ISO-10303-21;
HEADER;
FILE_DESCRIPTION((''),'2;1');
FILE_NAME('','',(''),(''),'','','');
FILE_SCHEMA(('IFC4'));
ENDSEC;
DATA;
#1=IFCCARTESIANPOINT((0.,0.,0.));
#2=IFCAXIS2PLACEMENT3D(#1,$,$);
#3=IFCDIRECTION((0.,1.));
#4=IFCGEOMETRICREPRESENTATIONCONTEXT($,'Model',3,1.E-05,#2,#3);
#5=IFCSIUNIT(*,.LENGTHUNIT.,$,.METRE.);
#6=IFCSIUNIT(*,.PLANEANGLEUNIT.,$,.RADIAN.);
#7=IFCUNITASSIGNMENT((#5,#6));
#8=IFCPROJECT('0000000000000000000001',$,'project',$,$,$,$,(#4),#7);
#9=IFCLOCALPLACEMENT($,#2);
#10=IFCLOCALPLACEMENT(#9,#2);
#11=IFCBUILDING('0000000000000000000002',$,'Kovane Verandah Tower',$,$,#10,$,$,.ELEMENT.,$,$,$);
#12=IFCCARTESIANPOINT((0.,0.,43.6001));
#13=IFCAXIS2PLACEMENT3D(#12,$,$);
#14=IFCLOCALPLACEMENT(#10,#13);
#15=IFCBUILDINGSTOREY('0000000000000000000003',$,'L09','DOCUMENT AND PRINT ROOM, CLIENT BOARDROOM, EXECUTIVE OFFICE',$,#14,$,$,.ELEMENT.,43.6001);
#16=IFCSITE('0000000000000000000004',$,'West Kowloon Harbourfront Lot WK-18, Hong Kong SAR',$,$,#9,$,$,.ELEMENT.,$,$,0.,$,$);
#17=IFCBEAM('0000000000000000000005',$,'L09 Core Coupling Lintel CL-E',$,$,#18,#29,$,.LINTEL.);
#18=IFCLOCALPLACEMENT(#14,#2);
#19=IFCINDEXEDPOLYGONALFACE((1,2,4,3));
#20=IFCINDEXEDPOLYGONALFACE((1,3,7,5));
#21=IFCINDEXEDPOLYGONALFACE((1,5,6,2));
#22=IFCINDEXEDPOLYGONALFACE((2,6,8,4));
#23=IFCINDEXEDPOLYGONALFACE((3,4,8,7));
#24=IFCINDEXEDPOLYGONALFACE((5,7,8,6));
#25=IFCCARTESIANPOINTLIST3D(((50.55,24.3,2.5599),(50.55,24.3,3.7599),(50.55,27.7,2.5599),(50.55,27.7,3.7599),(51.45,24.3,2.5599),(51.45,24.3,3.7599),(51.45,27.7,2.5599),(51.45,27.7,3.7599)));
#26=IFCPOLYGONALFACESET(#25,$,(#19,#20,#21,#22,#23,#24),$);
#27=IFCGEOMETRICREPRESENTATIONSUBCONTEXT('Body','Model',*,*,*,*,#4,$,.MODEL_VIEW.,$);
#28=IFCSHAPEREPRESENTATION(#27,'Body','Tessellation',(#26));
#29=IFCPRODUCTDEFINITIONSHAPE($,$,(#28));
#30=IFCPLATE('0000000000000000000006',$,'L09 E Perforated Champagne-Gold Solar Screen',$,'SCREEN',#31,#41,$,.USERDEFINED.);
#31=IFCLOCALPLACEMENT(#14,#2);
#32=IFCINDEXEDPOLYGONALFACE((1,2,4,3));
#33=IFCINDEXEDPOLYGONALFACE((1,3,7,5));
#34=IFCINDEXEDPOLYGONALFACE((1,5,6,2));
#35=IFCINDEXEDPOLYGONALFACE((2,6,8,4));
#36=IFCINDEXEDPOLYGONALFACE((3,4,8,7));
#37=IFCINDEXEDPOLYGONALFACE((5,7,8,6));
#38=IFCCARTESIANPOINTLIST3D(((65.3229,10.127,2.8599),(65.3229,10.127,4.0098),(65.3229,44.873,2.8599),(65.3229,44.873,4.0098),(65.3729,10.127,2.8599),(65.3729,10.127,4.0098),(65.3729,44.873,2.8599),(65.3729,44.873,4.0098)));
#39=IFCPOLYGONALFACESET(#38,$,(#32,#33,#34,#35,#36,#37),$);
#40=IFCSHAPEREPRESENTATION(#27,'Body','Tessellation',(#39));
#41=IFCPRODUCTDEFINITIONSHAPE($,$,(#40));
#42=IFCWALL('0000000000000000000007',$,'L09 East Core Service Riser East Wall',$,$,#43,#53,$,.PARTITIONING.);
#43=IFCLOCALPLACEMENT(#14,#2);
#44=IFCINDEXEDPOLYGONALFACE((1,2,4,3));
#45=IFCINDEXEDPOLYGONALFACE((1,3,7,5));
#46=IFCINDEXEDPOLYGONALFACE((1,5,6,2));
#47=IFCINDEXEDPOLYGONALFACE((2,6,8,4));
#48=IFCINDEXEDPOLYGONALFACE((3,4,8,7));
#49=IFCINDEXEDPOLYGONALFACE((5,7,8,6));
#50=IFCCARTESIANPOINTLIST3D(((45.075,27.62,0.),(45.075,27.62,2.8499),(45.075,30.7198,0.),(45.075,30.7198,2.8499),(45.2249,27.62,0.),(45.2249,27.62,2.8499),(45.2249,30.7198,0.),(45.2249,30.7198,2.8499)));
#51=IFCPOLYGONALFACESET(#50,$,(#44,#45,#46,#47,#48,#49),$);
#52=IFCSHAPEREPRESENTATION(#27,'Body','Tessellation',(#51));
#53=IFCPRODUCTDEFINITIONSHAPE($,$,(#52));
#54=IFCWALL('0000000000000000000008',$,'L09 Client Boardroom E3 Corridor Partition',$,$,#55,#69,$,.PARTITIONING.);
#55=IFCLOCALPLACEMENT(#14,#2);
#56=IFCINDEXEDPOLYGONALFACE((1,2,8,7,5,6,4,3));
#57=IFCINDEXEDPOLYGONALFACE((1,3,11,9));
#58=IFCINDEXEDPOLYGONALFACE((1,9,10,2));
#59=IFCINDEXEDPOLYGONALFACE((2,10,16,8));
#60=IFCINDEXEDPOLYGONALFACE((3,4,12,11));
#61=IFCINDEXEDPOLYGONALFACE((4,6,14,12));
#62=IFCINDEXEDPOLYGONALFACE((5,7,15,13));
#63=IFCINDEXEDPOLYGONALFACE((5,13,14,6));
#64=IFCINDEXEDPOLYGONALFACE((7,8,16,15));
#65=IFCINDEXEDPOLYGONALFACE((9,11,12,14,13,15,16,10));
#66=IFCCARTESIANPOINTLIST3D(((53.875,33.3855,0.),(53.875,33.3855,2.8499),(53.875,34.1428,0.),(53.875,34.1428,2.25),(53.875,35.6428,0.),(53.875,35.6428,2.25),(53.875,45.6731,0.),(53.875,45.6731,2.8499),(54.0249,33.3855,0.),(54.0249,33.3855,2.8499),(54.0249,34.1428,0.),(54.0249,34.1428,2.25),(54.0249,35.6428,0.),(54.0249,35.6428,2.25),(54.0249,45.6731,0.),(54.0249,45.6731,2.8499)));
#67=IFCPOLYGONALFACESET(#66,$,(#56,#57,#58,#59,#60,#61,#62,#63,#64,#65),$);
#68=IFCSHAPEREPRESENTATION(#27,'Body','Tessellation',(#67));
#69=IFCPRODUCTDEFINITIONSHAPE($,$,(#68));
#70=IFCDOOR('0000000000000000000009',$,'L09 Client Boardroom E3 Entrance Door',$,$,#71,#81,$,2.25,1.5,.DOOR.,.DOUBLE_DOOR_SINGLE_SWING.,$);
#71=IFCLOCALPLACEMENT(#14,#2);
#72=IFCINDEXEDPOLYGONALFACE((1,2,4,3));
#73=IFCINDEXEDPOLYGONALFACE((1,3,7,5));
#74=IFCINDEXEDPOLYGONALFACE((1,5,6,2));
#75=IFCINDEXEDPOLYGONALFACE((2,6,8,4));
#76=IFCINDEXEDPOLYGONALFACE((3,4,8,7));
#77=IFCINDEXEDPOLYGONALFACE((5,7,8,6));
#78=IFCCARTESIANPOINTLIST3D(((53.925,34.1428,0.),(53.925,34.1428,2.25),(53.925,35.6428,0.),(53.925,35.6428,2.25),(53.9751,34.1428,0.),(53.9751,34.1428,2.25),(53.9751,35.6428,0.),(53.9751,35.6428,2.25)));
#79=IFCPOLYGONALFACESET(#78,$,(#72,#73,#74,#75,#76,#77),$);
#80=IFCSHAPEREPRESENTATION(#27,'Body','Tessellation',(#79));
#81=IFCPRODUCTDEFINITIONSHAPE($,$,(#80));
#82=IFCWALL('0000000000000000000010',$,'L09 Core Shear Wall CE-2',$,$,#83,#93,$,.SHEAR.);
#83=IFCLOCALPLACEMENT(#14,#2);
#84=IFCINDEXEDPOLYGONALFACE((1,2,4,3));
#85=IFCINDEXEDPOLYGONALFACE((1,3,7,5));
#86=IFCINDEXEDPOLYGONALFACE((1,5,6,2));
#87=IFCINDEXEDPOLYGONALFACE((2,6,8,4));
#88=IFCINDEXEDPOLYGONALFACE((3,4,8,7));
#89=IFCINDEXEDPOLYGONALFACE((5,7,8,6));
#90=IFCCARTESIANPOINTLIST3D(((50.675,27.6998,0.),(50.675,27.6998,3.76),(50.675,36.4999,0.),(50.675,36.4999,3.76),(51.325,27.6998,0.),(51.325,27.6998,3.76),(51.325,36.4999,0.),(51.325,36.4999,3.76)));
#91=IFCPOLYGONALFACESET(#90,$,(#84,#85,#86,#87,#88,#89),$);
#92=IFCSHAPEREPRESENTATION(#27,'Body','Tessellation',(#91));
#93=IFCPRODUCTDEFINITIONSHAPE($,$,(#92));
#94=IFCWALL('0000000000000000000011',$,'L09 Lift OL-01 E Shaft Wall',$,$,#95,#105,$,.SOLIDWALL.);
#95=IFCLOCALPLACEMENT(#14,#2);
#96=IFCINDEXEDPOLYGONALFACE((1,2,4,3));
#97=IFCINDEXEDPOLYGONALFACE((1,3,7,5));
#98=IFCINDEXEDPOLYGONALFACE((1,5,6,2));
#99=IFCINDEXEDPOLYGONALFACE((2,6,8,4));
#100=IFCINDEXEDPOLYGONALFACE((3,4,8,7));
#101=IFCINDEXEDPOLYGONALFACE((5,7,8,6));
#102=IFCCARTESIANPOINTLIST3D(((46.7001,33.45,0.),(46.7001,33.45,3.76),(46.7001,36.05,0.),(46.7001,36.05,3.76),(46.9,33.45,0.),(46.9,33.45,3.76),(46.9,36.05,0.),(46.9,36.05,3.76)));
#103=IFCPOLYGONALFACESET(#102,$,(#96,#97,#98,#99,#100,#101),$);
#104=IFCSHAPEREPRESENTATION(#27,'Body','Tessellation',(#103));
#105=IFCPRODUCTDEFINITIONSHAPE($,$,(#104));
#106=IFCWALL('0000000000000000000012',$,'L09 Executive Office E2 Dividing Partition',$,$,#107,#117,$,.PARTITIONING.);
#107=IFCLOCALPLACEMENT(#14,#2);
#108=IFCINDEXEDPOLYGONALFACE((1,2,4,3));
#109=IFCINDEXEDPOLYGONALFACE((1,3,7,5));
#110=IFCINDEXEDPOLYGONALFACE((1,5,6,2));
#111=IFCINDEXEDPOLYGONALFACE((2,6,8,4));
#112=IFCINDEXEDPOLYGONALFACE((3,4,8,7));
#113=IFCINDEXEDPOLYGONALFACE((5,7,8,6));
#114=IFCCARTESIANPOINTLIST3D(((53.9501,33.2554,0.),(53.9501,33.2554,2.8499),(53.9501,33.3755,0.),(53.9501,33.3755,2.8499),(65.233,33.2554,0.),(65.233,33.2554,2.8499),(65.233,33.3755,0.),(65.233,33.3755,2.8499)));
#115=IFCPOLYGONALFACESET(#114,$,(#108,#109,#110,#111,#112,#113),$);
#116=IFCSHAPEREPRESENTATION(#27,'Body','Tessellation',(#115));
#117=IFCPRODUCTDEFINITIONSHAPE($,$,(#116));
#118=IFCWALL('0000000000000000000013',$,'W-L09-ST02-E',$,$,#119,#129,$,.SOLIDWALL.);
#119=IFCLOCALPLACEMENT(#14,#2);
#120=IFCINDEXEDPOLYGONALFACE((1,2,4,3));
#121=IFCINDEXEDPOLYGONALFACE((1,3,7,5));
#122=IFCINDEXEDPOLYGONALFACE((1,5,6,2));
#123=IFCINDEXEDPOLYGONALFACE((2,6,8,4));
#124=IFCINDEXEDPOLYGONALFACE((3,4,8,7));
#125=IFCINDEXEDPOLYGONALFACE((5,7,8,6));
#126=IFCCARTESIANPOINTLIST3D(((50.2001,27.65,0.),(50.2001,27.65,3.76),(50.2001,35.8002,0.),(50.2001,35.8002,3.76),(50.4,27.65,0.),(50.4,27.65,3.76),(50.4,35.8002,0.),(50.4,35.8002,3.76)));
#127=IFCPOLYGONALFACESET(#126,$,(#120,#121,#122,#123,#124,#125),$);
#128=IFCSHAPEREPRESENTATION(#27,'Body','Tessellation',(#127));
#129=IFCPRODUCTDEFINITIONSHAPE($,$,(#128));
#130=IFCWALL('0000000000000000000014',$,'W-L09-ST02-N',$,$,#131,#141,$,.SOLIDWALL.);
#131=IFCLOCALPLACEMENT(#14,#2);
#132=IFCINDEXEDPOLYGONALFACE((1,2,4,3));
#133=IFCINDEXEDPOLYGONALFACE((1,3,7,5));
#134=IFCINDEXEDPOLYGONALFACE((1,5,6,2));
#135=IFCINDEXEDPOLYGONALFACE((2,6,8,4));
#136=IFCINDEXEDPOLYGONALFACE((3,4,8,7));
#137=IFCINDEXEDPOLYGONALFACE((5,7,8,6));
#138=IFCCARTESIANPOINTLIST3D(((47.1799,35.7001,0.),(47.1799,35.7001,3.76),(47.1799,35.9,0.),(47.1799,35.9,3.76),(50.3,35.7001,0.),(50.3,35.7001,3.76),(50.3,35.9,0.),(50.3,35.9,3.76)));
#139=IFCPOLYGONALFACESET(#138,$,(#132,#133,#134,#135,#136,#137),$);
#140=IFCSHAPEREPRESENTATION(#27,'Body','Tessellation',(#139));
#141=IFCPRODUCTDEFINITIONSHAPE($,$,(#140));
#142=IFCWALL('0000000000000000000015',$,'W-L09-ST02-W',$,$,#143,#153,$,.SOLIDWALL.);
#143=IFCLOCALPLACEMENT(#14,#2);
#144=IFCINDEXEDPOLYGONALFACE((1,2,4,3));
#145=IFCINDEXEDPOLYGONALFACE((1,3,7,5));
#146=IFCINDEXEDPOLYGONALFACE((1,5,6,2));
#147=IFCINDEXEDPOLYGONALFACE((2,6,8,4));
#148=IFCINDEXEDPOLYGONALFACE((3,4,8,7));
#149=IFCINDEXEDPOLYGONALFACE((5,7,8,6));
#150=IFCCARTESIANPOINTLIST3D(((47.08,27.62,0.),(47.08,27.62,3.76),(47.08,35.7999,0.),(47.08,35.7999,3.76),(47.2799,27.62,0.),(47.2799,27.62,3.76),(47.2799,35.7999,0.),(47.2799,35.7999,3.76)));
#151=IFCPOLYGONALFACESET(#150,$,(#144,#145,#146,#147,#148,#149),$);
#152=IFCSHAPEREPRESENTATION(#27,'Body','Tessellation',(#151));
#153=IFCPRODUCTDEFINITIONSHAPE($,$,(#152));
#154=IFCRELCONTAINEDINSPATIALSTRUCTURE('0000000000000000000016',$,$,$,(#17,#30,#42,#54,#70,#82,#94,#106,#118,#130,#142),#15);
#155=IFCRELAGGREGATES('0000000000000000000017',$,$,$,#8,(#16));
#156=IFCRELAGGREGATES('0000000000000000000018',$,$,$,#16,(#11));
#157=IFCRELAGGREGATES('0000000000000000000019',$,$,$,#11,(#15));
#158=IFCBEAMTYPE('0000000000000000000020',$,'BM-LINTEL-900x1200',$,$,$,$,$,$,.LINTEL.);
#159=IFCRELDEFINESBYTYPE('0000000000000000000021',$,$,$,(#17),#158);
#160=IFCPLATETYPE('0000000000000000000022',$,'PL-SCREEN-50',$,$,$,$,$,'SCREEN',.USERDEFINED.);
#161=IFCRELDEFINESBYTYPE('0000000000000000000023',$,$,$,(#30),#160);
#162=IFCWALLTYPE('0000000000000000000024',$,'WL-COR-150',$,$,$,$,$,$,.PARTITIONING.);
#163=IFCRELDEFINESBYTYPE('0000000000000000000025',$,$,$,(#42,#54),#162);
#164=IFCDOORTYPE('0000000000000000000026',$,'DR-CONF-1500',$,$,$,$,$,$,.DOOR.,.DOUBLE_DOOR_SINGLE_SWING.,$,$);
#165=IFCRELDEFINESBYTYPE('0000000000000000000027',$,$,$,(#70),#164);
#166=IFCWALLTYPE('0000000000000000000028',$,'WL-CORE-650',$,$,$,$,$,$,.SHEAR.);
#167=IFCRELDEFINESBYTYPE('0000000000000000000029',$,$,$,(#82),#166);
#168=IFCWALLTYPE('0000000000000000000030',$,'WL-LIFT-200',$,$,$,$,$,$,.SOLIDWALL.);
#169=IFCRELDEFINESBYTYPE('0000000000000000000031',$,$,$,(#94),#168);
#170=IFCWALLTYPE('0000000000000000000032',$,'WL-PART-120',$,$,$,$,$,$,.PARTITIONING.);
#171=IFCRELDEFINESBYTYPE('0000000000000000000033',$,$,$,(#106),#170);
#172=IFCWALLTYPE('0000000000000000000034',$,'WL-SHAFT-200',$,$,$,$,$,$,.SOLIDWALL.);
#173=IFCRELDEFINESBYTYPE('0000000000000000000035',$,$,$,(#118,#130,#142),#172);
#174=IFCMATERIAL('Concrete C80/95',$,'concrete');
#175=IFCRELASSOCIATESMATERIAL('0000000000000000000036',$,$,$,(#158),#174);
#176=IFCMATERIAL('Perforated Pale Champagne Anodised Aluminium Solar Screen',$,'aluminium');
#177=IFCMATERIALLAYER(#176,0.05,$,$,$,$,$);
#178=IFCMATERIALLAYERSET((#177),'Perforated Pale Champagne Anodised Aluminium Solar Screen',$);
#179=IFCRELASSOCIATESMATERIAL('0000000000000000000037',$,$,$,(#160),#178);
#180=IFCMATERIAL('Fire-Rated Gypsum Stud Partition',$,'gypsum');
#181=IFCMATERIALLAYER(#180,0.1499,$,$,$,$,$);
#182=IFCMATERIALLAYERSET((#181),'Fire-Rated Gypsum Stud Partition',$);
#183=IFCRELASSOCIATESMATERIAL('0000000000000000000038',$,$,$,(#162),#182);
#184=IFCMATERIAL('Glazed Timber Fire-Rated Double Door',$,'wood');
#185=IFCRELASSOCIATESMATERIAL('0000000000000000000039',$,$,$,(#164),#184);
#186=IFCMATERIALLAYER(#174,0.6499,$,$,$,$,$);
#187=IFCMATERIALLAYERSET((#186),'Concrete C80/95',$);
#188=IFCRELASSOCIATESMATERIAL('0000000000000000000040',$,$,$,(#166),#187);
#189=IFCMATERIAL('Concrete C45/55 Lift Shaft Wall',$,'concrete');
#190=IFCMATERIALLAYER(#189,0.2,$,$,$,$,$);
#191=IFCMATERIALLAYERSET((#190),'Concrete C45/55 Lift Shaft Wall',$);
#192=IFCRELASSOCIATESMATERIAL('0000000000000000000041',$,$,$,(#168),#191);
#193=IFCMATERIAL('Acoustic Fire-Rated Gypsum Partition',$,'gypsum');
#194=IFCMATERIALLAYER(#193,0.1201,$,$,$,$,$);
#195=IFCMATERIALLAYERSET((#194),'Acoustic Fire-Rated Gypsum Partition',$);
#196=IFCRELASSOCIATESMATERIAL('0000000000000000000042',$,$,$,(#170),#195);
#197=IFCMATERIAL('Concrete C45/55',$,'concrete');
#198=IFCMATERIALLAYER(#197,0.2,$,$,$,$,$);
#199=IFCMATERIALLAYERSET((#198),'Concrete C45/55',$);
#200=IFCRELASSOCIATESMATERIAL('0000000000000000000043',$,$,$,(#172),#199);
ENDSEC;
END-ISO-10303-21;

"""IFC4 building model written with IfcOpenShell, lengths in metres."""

from ifc_helpers import new_model, si_unit, direction, frame, frame_2d, origin, origin_2d, place, context, subcontext, project, spatial, rectangle, extrude, material, layer, layer_set, material_profile, profile_set, type_object, element, fill, save


model = new_model("IFC4")

# Units and contexts
model_context = context("Model", 3, precision=1e-05, world=origin(), true_north=direction((0.0, 1.0)))
body_context = subcontext(model_context, "Body", "Model", "MODEL_VIEW")
ifc_project = project(units=[si_unit("LENGTHUNIT", "METRE"), si_unit("PLANEANGLEUNIT", "RADIAN")], contexts=[model_context])

# Site, building, storey
site_placement = place(None, origin())
site = spatial("IfcSite", under=ifc_project, at=site_placement, Name="West Kowloon Harbourfront Lot WK-18, Hong Kong SAR", CompositionType="ELEMENT", RefElevation=0.0)
building_placement = place(site_placement, origin())
building = spatial("IfcBuilding", under=site, at=building_placement, Name="Kovane Verandah Tower", CompositionType="ELEMENT")
storey_placement = place(building_placement, frame((0.0, 0.0, 43.6001)))
storey = spatial("IfcBuildingStorey", under=building, at=storey_placement, Name="L09", Description="DOCUMENT AND PRINT ROOM, CLIENT BOARDROOM, EXECUTIVE OFFICE", CompositionType="ELEMENT", Elevation=43.6001)

# Beam
ifc_material_1 = material(Name="Concrete C80/95", Category="concrete")
ifc_material_profile = material_profile(ifc_material_1, rectangle(XDim=0.8999, YDim=1.2, at=origin_2d()), Name="RCB900x1200")
ifc_profile_set = profile_set([ifc_material_profile], Name="Concrete C80/95")
beam_type = type_object("IfcBeamType", Name="BM-LINTEL-900x1200", PredefinedType="LINTEL", material=ifc_profile_set)
beam_placement = place(storey_placement, frame((51.0, 24.3, 3.1599), z_axis=(0.0, 1.0, 0.0), x_axis=(-1.0, 0.0, 0.0)))
element("IfcBeam", 1, at=beam_placement, inside=storey, type_object=beam_type, Name="L09 Core Coupling Lintel CL-E", PredefinedType="LINTEL", context=body_context, shape_type="SweptSolid", body=[
    extrude(rectangle(XDim=0.8999, YDim=1.2, at=origin_2d()), origin(), (0.0, 0.0, 1.0), 3.3999),
])

# Plate
ifc_material_2 = material(Name="Perforated Pale Champagne Anodised Aluminium Solar Screen", Category="aluminium")
ifc_layer_1 = layer(ifc_material_2, 0.05)
ifc_layer_set_1 = layer_set([ifc_layer_1], Name="Perforated Pale Champagne Anodised Aluminium Solar Screen")
plate_type = type_object("IfcPlateType", Name="PL-SCREEN-50", ElementType="SCREEN", PredefinedType="USERDEFINED", material=ifc_layer_set_1)
plate_placement = place(storey_placement, frame((65.3479, 27.5, 2.8599), z_axis=(0.0, 0.0, 1.0), x_axis=(0.0, 1.0, 0.0)))
element("IfcPlate", 2, at=plate_placement, inside=storey, type_object=plate_type, Name="L09 E Perforated Champagne-Gold Solar Screen", ObjectType="SCREEN", PredefinedType="USERDEFINED", context=body_context, shape_type="SweptSolid", body=[
    extrude(rectangle(XDim=34.7461, YDim=0.05, at=origin_2d()), origin(), (0.0, 0.0, 1.0), 1.1499),
])

# Wall
ifc_material_3 = material(Name="Fire-Rated Gypsum Stud Partition", Category="gypsum")
ifc_layer_2 = layer(ifc_material_3, 0.1499)
ifc_layer_set_2 = layer_set([ifc_layer_2], Name="Fire-Rated Gypsum Stud Partition")
wall_type_1 = type_object("IfcWallType", Name="WL-COR-150", PredefinedType="PARTITIONING", material=ifc_layer_set_2)
wall_1_placement = place(storey_placement, frame((45.1499, 27.6201, 0.0), z_axis=(0.0, 0.0, 1.0), x_axis=(0.0, 1.0, 0.0)))
element("IfcWall", 3, at=wall_1_placement, inside=storey, type_object=wall_type_1, Name="L09 East Core Service Riser East Wall", PredefinedType="PARTITIONING", context=body_context, shape_type="SweptSolid", body=[
    extrude(rectangle(XDim=3.0999, YDim=0.1499, at=frame_2d((1.5498, 0.0))), origin(), (0.0, 0.0, 1.0), 2.8499),
])

# Wall, opening, door
wall_2_placement = place(storey_placement, frame((53.95, 33.3855, 0.0), z_axis=(0.0, 0.0, 1.0), x_axis=(0.0, 1.0, 0.0)))
wall_2 = element("IfcWall", 4, at=wall_2_placement, inside=storey, type_object=wall_type_1, Name="L09 Client Boardroom E3 Corridor Partition", PredefinedType="PARTITIONING", context=body_context, shape_type="SweptSolid", body=[
    extrude(rectangle(XDim=12.2876, YDim=0.1499, at=frame_2d((6.1438, 0.0))), origin(), (0.0, 0.0, 1.0), 2.8499),
])
opening_1_placement = place(wall_2_placement, frame((0.7573, 0.0, 0.0)))
opening_1 = element("IfcOpeningElement", 5, at=opening_1_placement, cuts=wall_2, PredefinedType="OPENING", context=body_context, shape_type="SweptSolid", body=[
    extrude(rectangle(XDim=1.5, YDim=2.25, at=frame_2d((0.75, 1.125))), frame((0.0, 0.075, 0.0), z_axis=(0.0, -1.0, 0.0), x_axis=(1.0, 0.0, 0.0)), (0.0, 0.0, 1.0), 0.1499),
])
ifc_material_4 = material(Name="Glazed Timber Fire-Rated Double Door", Category="wood")
door_type_1 = type_object("IfcDoorType", Name="DR-CONF-1500", OperationType="DOUBLE_DOOR_SINGLE_SWING", PredefinedType="DOOR", material=ifc_material_4)
door_1_placement = place(opening_1_placement, origin())
door_1 = element("IfcDoor", 6, at=door_1_placement, inside=storey, type_object=door_type_1, Name="L09 Client Boardroom E3 Entrance Door", OperationType="DOUBLE_DOOR_SINGLE_SWING", OverallHeight=2.25, OverallWidth=1.5, PredefinedType="DOOR", context=body_context, shape_type="SweptSolid", body=[
    extrude(rectangle(XDim=1.5, YDim=2.25, at=frame_2d((0.75, 1.125))), frame((0.0, 0.0249, 0.0), z_axis=(0.0, -1.0, 0.0), x_axis=(1.0, 0.0, 0.0)), (0.0, 0.0, 1.0), 0.05),
])
fill(opening_1, door_1)

# Wall
ifc_layer_3 = layer(ifc_material_1, 0.6499)
ifc_layer_set_3 = layer_set([ifc_layer_3], Name="Concrete C80/95")
wall_type_2 = type_object("IfcWallType", Name="WL-CORE-650", PredefinedType="SHEAR", material=ifc_layer_set_3)
wall_3_placement = place(storey_placement, frame((51.0, 27.7, 0.0), z_axis=(0.0, 0.0, 1.0), x_axis=(0.0, 1.0, 0.0)))
element("IfcWall", 7, at=wall_3_placement, inside=storey, type_object=wall_type_2, Name="L09 Core Shear Wall CE-2", PredefinedType="SHEAR", context=body_context, shape_type="SweptSolid", body=[
    extrude(rectangle(XDim=8.8, YDim=0.6499, at=frame_2d((4.3999, 0.0))), origin(), (0.0, 0.0, 1.0), 3.76),
])

# Walls
ifc_material_5 = material(Name="Concrete C45/55 Lift Shaft Wall", Category="concrete")
ifc_layer_4 = layer(ifc_material_5, 0.2)
ifc_layer_set_4 = layer_set([ifc_layer_4], Name="Concrete C45/55 Lift Shaft Wall")
wall_type_3 = type_object("IfcWallType", Name="WL-LIFT-200", PredefinedType="SOLIDWALL", material=ifc_layer_set_4)
wall_4_placement = place(storey_placement, frame((46.8, 33.45, 0.0), z_axis=(0.0, 0.0, 1.0), x_axis=(0.0, 1.0, 0.0)))
element("IfcWall", 8, at=wall_4_placement, inside=storey, type_object=wall_type_3, Name="L09 Lift OL-01 E Shaft Wall", PredefinedType="SOLIDWALL", context=body_context, shape_type="SweptSolid", body=[
    extrude(rectangle(XDim=2.6001, YDim=0.2, at=frame_2d((1.3, 0.0))), origin(), (0.0, 0.0, 1.0), 3.76),
])
ifc_material_6 = material(Name="Acoustic Fire-Rated Gypsum Partition", Category="gypsum")
ifc_layer_5 = layer(ifc_material_6, 0.1201)
ifc_layer_set_5 = layer_set([ifc_layer_5], Name="Acoustic Fire-Rated Gypsum Partition")
wall_type_4 = type_object("IfcWallType", Name="WL-PART-120", PredefinedType="PARTITIONING", material=ifc_layer_set_5)
wall_5_placement = place(storey_placement, frame((53.95, 33.3154, 0.0), z_axis=(0.0, 0.0, 1.0), x_axis=(1.0, 0.0, 0.0)))
element("IfcWall", 9, at=wall_5_placement, inside=storey, type_object=wall_type_4, Name="L09 Executive Office E2 Dividing Partition", PredefinedType="PARTITIONING", context=body_context, shape_type="SweptSolid", body=[
    extrude(rectangle(XDim=11.283, YDim=0.1201, at=frame_2d((5.6416, 0.0))), origin(), (0.0, 0.0, 1.0), 2.8499),
])
ifc_material_7 = material(Name="Concrete C45/55", Category="concrete")
ifc_layer_6 = layer(ifc_material_7, 0.2)
ifc_layer_set_6 = layer_set([ifc_layer_6], Name="Concrete C45/55")
wall_type_5 = type_object("IfcWallType", Name="WL-SHAFT-200", PredefinedType="SOLIDWALL", material=ifc_layer_set_6)
wall_6_placement = place(storey_placement, frame((50.3, 27.6499, 0.0), z_axis=(0.0, 0.0, 1.0), x_axis=(0.0, 1.0, 0.0)))
element("IfcWall", 10, at=wall_6_placement, inside=storey, type_object=wall_type_5, Name="W-L09-ST02-E", PredefinedType="SOLIDWALL", context=body_context, shape_type="SweptSolid", body=[
    extrude(rectangle(XDim=8.1501, YDim=0.2, at=frame_2d((4.0752, 0.0))), origin(), (0.0, 0.0, 1.0), 3.76),
])
wall_7_placement = place(storey_placement, frame((47.1799, 35.8, 0.0), z_axis=(0.0, 0.0, 1.0), x_axis=(1.0, 0.0, 0.0)))
element("IfcWall", 11, at=wall_7_placement, inside=storey, type_object=wall_type_5, Name="W-L09-ST02-N", PredefinedType="SOLIDWALL", context=body_context, shape_type="SweptSolid", body=[
    extrude(rectangle(XDim=3.1201, YDim=0.2, at=frame_2d((1.5601, 0.0))), origin(), (0.0, 0.0, 1.0), 3.76),
])
wall_8_placement = place(storey_placement, frame((47.1799, 27.6201, 0.0), z_axis=(0.0, 0.0, 1.0), x_axis=(0.0, 1.0, 0.0)))
element("IfcWall", 12, at=wall_8_placement, inside=storey, type_object=wall_type_5, Name="W-L09-ST02-W", PredefinedType="SOLIDWALL", context=body_context, shape_type="SweptSolid", body=[
    extrude(rectangle(XDim=8.1799, YDim=0.2, at=frame_2d((4.0898, 0.0))), origin(), (0.0, 0.0, 1.0), 3.76),
])

save(model, "model.ifc")
